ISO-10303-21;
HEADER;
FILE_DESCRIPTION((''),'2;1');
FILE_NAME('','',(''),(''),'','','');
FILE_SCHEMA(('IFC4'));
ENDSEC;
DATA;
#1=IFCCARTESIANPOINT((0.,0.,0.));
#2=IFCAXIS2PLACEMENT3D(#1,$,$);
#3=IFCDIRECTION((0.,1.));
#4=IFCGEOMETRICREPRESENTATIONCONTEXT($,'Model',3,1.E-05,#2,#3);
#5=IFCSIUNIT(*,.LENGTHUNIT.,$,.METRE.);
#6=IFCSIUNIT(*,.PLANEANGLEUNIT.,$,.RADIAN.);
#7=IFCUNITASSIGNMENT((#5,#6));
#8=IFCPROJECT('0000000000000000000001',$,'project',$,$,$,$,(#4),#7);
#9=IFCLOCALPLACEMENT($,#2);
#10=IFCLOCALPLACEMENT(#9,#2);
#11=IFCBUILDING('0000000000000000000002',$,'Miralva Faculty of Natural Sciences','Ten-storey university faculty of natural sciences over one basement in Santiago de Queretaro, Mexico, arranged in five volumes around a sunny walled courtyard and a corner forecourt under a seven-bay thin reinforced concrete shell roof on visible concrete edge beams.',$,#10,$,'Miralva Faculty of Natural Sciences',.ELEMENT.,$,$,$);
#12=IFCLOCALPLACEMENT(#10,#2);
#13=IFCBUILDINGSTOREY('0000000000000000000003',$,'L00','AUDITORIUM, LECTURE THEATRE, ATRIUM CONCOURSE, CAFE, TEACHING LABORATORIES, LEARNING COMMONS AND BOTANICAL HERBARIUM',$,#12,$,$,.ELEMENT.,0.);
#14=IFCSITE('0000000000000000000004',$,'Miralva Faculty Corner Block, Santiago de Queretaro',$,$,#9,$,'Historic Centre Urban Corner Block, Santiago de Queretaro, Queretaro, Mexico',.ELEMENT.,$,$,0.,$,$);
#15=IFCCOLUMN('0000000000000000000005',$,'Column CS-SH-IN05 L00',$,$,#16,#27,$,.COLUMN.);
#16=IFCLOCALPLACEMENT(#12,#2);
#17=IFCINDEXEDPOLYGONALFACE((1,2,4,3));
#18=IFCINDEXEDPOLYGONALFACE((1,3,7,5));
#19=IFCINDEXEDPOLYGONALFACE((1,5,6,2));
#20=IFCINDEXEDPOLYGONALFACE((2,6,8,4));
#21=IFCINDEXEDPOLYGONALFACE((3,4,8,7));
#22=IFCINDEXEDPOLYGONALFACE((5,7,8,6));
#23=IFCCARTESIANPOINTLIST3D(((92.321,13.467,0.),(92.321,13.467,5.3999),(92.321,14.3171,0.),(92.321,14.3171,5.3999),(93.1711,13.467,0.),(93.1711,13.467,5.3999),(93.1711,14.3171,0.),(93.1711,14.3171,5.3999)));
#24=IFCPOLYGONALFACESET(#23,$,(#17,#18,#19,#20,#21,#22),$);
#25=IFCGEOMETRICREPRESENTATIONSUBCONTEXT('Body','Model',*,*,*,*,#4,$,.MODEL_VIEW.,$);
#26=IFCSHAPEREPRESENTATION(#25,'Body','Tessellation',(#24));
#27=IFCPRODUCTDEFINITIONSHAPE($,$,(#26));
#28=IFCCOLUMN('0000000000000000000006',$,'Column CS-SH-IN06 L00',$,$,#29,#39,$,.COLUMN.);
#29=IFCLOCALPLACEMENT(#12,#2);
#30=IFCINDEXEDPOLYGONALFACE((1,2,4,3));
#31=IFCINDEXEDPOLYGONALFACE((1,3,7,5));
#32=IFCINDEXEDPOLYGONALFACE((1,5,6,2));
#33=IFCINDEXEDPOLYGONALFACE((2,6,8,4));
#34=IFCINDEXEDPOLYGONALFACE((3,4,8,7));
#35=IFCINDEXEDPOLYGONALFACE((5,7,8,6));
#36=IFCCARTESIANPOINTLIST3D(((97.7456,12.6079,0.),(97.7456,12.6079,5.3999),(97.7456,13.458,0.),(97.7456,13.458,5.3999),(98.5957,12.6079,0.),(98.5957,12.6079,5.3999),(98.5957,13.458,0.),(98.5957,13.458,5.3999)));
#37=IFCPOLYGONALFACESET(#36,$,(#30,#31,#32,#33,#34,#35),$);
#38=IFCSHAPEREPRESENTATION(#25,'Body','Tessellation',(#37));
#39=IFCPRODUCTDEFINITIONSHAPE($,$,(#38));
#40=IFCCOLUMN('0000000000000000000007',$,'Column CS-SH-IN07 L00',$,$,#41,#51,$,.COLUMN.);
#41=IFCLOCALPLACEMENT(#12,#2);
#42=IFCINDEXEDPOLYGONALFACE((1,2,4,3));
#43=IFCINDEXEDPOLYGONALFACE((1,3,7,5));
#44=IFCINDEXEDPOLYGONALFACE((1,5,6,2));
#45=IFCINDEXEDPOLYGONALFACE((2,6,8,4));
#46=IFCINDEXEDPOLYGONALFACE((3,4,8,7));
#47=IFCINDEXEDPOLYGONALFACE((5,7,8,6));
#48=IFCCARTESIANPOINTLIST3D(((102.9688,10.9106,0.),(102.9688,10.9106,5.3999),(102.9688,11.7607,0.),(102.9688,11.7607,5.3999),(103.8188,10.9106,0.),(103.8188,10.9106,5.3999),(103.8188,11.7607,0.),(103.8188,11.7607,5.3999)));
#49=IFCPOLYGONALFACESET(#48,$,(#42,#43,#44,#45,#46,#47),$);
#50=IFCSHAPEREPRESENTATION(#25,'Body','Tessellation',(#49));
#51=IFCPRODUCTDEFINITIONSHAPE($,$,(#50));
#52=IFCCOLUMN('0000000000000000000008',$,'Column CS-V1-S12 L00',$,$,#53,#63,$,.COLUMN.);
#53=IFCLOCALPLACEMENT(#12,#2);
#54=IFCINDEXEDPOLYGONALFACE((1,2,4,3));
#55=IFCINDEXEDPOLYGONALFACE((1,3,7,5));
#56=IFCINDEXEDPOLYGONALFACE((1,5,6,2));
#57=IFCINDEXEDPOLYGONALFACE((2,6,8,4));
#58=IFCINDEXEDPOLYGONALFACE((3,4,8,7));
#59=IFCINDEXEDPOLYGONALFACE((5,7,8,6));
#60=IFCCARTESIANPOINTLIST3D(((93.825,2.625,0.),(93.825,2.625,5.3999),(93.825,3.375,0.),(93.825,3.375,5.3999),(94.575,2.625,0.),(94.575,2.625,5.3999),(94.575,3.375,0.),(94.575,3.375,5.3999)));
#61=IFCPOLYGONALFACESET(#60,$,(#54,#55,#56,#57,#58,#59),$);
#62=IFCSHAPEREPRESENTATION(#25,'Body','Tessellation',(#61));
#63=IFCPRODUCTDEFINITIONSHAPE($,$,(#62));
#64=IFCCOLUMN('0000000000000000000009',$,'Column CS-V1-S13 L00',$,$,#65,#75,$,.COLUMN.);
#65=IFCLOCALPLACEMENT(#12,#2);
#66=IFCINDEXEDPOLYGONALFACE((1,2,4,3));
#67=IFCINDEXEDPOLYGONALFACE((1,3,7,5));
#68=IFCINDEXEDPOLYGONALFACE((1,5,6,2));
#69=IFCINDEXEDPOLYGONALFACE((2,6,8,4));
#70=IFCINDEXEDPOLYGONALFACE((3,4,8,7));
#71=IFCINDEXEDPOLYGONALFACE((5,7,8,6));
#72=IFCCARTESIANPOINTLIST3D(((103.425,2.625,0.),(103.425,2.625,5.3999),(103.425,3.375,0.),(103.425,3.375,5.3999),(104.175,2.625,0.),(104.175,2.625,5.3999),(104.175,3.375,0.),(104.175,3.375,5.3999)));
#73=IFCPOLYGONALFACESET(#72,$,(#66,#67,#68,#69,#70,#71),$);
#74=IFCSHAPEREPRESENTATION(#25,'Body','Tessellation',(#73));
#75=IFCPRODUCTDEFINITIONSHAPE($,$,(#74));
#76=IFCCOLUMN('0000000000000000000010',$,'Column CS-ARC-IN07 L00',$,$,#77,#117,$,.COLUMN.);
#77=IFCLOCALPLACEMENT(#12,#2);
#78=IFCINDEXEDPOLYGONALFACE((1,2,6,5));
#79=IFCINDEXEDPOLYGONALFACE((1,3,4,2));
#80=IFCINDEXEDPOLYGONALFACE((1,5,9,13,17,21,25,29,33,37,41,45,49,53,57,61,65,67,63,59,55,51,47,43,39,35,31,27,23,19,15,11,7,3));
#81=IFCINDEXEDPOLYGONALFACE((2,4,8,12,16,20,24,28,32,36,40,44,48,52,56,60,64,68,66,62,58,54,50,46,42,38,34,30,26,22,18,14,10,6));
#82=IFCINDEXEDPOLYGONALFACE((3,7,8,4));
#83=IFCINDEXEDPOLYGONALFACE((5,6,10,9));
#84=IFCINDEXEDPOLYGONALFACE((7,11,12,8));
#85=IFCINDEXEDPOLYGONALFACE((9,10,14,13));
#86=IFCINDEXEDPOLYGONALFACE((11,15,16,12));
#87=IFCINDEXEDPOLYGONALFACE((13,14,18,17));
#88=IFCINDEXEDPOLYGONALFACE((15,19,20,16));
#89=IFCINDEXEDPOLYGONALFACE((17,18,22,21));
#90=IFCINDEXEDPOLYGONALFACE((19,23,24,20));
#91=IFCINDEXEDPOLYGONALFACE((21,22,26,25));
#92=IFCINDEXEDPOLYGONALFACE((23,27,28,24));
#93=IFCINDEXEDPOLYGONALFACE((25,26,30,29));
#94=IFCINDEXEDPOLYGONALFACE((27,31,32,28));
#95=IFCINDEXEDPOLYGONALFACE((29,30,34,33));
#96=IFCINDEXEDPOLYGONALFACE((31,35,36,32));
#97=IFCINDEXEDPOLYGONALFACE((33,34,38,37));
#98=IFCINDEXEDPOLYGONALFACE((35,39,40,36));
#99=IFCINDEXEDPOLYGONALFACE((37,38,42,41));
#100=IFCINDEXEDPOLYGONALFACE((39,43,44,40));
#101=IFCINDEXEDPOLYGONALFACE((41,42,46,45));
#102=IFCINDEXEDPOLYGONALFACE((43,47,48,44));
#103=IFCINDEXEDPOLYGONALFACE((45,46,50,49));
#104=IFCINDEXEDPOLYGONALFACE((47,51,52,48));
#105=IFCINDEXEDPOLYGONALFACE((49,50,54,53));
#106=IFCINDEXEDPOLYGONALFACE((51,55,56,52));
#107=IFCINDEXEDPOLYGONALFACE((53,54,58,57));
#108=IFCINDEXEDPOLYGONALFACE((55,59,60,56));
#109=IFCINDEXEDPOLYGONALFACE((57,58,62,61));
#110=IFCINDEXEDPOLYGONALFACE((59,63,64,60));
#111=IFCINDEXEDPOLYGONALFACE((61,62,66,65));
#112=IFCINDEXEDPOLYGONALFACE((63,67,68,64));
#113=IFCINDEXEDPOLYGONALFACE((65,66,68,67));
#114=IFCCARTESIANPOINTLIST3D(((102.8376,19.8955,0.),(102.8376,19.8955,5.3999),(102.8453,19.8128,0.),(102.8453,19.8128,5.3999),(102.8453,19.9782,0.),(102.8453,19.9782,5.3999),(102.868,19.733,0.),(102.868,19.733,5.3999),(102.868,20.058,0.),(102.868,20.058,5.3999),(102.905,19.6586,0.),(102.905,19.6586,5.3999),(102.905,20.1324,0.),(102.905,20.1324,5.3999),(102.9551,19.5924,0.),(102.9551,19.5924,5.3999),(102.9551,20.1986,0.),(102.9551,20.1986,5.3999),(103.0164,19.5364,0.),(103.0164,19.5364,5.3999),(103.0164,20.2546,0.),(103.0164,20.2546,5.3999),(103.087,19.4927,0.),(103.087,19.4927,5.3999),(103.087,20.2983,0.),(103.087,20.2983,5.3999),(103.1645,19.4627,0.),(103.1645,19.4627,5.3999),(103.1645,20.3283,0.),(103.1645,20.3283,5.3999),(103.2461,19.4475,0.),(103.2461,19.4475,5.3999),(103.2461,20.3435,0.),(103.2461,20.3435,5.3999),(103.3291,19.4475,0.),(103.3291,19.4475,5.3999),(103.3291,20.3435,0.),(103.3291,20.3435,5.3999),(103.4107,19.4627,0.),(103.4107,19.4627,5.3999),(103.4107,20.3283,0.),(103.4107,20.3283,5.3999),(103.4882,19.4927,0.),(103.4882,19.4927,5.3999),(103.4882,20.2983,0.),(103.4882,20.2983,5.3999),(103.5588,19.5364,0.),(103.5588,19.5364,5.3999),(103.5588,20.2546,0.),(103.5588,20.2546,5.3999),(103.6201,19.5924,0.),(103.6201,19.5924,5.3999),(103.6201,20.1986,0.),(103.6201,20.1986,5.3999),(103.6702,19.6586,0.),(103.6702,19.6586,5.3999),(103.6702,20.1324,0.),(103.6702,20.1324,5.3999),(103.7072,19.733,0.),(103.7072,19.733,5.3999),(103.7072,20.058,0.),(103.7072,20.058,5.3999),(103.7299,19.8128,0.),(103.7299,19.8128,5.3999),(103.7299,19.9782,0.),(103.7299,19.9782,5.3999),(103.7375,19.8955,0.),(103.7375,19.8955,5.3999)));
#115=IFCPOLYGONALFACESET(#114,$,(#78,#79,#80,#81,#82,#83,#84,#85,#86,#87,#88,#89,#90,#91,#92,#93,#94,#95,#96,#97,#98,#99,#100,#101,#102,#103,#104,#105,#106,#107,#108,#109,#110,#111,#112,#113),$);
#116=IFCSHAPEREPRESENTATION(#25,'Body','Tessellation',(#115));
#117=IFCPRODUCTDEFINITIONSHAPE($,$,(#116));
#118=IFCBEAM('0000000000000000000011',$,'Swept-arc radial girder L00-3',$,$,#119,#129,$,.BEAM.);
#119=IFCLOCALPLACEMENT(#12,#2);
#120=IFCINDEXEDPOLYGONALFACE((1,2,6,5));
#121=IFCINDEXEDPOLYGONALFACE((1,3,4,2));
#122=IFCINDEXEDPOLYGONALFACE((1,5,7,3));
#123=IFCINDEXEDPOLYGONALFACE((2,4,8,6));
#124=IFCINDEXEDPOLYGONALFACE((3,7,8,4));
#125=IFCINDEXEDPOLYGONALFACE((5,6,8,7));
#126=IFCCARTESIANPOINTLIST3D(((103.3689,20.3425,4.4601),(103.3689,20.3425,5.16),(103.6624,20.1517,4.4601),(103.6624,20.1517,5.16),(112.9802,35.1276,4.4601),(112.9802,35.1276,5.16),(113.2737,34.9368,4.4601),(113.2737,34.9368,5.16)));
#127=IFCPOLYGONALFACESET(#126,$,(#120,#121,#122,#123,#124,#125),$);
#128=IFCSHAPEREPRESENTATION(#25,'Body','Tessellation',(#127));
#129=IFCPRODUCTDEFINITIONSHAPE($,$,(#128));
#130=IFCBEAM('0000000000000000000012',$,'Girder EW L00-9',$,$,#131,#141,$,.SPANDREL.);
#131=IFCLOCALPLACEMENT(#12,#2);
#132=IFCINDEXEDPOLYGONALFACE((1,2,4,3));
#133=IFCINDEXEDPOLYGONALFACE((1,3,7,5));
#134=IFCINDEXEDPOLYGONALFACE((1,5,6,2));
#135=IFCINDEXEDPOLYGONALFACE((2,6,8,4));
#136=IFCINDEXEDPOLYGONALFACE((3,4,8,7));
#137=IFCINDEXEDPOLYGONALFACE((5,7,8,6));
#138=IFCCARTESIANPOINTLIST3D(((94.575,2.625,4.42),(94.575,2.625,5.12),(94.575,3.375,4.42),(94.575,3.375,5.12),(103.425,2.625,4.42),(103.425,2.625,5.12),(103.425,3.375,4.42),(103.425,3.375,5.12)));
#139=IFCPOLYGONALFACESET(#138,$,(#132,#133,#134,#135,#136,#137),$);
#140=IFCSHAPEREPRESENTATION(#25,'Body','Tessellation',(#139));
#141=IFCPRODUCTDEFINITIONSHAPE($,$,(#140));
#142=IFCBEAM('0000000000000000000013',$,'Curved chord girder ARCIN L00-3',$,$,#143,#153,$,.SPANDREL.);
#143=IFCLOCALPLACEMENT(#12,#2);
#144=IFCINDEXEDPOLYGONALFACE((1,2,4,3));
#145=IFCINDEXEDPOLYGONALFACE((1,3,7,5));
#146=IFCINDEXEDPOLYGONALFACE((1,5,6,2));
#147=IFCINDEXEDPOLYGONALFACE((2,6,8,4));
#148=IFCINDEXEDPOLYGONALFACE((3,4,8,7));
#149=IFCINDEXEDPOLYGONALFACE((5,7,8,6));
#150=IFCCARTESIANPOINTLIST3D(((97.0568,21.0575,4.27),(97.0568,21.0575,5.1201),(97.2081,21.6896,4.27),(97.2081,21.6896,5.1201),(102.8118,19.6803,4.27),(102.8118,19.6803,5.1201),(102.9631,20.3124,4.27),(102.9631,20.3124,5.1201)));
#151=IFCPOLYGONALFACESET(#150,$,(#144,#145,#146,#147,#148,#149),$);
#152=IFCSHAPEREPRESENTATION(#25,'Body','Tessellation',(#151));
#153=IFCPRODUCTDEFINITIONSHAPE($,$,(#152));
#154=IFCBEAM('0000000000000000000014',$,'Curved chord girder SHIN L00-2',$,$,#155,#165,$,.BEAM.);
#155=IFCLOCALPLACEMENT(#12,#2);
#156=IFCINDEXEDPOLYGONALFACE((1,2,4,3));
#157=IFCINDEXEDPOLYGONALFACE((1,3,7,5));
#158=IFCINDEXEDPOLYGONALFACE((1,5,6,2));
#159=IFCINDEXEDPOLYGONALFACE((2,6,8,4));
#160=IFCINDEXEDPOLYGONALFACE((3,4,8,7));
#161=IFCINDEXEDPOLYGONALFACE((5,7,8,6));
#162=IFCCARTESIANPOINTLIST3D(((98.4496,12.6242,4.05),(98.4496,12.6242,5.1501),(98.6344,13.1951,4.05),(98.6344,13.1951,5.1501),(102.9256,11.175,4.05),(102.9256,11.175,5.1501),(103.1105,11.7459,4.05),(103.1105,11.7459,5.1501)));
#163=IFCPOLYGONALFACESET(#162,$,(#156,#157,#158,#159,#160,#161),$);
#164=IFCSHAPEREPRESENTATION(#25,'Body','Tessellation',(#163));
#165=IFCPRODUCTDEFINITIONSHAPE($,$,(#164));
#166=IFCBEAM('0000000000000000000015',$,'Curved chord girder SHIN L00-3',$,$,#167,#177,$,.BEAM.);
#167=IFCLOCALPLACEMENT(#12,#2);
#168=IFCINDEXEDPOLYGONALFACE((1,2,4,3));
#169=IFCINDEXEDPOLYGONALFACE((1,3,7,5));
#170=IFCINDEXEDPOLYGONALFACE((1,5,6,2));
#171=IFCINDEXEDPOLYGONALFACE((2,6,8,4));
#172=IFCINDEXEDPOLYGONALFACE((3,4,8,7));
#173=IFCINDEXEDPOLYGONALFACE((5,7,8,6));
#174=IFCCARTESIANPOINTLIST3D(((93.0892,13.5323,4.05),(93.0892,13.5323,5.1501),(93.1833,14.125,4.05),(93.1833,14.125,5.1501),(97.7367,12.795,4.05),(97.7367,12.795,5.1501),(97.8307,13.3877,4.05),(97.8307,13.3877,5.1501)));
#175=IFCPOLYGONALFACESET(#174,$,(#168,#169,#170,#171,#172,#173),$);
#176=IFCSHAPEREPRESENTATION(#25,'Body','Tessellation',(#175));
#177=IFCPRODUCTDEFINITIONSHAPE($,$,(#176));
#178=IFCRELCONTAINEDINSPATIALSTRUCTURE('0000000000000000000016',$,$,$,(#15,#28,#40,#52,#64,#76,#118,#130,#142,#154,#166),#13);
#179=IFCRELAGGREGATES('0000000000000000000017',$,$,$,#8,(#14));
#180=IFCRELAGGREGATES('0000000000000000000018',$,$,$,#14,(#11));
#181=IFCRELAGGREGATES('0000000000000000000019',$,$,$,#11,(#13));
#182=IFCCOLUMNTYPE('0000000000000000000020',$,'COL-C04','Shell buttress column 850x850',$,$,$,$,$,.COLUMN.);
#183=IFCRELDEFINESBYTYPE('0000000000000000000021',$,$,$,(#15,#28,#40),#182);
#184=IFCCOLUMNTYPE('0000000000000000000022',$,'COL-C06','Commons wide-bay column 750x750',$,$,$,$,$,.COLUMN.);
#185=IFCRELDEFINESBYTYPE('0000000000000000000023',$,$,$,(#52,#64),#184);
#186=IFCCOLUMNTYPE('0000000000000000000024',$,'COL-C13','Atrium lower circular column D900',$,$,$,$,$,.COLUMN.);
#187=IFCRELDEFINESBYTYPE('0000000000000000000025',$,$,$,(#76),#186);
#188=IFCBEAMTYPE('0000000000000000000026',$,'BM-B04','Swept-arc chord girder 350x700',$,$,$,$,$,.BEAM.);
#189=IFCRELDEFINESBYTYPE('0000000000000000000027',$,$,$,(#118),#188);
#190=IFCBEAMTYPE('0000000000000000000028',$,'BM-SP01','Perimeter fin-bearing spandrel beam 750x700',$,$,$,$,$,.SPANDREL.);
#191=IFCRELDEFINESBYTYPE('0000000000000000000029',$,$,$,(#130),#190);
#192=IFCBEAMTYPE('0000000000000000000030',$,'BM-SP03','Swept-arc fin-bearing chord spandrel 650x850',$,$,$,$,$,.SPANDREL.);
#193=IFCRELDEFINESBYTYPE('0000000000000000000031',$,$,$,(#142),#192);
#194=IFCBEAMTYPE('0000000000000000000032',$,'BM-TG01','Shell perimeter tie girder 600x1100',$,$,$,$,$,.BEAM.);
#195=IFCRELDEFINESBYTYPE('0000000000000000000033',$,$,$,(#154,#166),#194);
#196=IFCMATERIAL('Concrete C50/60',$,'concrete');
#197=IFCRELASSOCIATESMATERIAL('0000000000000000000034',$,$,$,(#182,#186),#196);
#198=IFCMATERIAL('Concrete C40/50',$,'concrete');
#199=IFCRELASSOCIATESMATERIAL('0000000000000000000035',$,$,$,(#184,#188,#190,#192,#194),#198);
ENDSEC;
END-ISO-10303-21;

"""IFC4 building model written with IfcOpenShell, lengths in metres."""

from ifc_helpers import new_model, si_unit, direction, frame, origin, origin_2d, place, context, subcontext, project, spatial, rectangle, circle, extrude, material, material_profile, profile_set, type_object, element, save


model = new_model("IFC4")

# Units and contexts
model_context = context("Model", 3, precision=1e-05, world=origin(), true_north=direction((0.0, 1.0)))
body_context = subcontext(model_context, "Body", "Model", "MODEL_VIEW")
ifc_project = project(units=[si_unit("LENGTHUNIT", "METRE"), si_unit("PLANEANGLEUNIT", "RADIAN")], contexts=[model_context])

# Site, building, storey
site_placement = place(None, origin())
site = spatial("IfcSite", under=ifc_project, at=site_placement, Name="Miralva Faculty Corner Block, Santiago de Queretaro", LongName="Historic Centre Urban Corner Block, Santiago de Queretaro, Queretaro, Mexico", CompositionType="ELEMENT", RefElevation=0.0)
building_placement = place(site_placement, origin())
building = spatial("IfcBuilding", under=site, at=building_placement, Name="Miralva Faculty of Natural Sciences", Description="Ten-storey university faculty of natural sciences over one basement in Santiago de Queretaro, Mexico, arranged in five volumes around a sunny walled courtyard and a corner forecourt under a seven-bay thin reinforced concrete shell roof on visible concrete edge beams.", LongName="Miralva Faculty of Natural Sciences", CompositionType="ELEMENT")
storey_placement = place(building_placement, origin())
storey = spatial("IfcBuildingStorey", under=building, at=storey_placement, Name="L00", Description="AUDITORIUM, LECTURE THEATRE, ATRIUM CONCOURSE, CAFE, TEACHING LABORATORIES, LEARNING COMMONS AND BOTANICAL HERBARIUM", CompositionType="ELEMENT", Elevation=0.0)

# Columns
ifc_material_1 = material(Name="Concrete C50/60", Category="concrete")
ifc_material_profile_1 = material_profile(ifc_material_1, rectangle(XDim=0.8501, YDim=0.8501, at=origin_2d()), Name="RC 850x850")
ifc_profile_set_1 = profile_set([ifc_material_profile_1], Name="Concrete C50/60")
column_type_1 = type_object("IfcColumnType", Name="COL-C04", Description="Shell buttress column 850x850", PredefinedType="COLUMN", material=ifc_profile_set_1)
for number, where, z_axis, x_axis, name in (
    (1, (92.7461, 13.8921, 0.0), (0.0, 0.0, 1.0), (1.0, 0.0, 0.0), "Column CS-SH-IN05 L00"),
    (2, (98.1707, 13.033, 0.0), (0.0, 0.0, 1.0), (1.0, 0.0, 0.0), "Column CS-SH-IN06 L00"),
    (3, (103.3938, 11.3357, 0.0), (0.0, 0.0, 1.0), (1.0, 0.0, 0.0), "Column CS-SH-IN07 L00"),
):
    element("IfcColumn", number, at=place(storey_placement, frame(where, z_axis=z_axis, x_axis=x_axis)), inside=storey, type_object=column_type_1, Name=name, PredefinedType="COLUMN", context=body_context, shape_type="SweptSolid", body=[
        extrude(rectangle(XDim=0.8501, YDim=0.8501, at=origin_2d()), origin(), (0.0, 0.0, 1.0), 5.3999),
    ])
ifc_material_2 = material(Name="Concrete C40/50", Category="concrete")
ifc_material_profile_2 = material_profile(ifc_material_2, rectangle(XDim=0.75, YDim=0.75, at=origin_2d()), Name="RC 750x750")
ifc_profile_set_2 = profile_set([ifc_material_profile_2], Name="Concrete C40/50")
column_type_2 = type_object("IfcColumnType", Name="COL-C06", Description="Commons wide-bay column 750x750", PredefinedType="COLUMN", material=ifc_profile_set_2)
for number, where, z_axis, x_axis, name in (
    (4, (94.2, 3.0, 0.0), (0.0, 0.0, 1.0), (1.0, 0.0, 0.0), "Column CS-V1-S12 L00"),
    (5, (103.8, 3.0, 0.0), (0.0, 0.0, 1.0), (1.0, 0.0, 0.0), "Column CS-V1-S13 L00"),
):
    element("IfcColumn", number, at=place(storey_placement, frame(where, z_axis=z_axis, x_axis=x_axis)), inside=storey, type_object=column_type_2, Name=name, PredefinedType="COLUMN", context=body_context, shape_type="SweptSolid", body=[
        extrude(rectangle(XDim=0.75, YDim=0.75, at=origin_2d()), origin(), (0.0, 0.0, 1.0), 5.3999),
    ])
ifc_material_profile_3 = material_profile(ifc_material_1, circle(Radius=0.45, at=origin_2d()), Name="RC DIA 900")
ifc_profile_set_3 = profile_set([ifc_material_profile_3], Name="Concrete C50/60")
column_type_3 = type_object("IfcColumnType", Name="COL-C13", Description="Atrium lower circular column D900", PredefinedType="COLUMN", material=ifc_profile_set_3)
column_placement = place(storey_placement, frame((103.2876, 19.8955, 0.0), z_axis=(0.0, 0.0, 1.0), x_axis=(1.0, 0.0, 0.0)))
element("IfcColumn", 6, at=column_placement, inside=storey, type_object=column_type_3, Name="Column CS-ARC-IN07 L00", PredefinedType="COLUMN", context=body_context, shape_type="SweptSolid", body=[
    extrude(circle(Radius=0.45, at=origin_2d()), origin(), (0.0, 0.0, 1.0), 5.3999),
])

# Beams
ifc_material_profile_4 = material_profile(ifc_material_2, rectangle(XDim=0.3501, YDim=0.7, at=origin_2d()), Name="RC 350x700")
ifc_profile_set_4 = profile_set([ifc_material_profile_4], Name="Concrete C40/50")
beam_type_1 = type_object("IfcBeamType", Name="BM-B04", Description="Swept-arc chord girder 350x700", PredefinedType="BEAM", material=ifc_profile_set_4)
beam_1_placement = place(storey_placement, frame((103.5156, 20.2471, 4.8101), z_axis=(0.545027, 0.838418, 0.0), x_axis=(-0.838418, 0.545027, 0.0)))
element("IfcBeam", 7, at=beam_1_placement, inside=storey, type_object=beam_type_1, Name="Swept-arc radial girder L00-3", PredefinedType="BEAM", context=body_context, shape_type="SweptSolid", body=[
    extrude(rectangle(XDim=0.3501, YDim=0.7, at=origin_2d()), origin(), (0.0, 0.0, 1.0), 17.6345),
])
ifc_material_profile_5 = material_profile(ifc_material_2, rectangle(XDim=0.75, YDim=0.7, at=origin_2d()), Name="RC 750x700")
ifc_profile_set_5 = profile_set([ifc_material_profile_5], Name="Concrete C40/50")
beam_type_2 = type_object("IfcBeamType", Name="BM-SP01", Description="Perimeter fin-bearing spandrel beam 750x700", PredefinedType="SPANDREL", material=ifc_profile_set_5)
beam_2_placement = place(storey_placement, frame((94.575, 3.0, 4.77), z_axis=(1.0, 0.0, 0.0), x_axis=(0.0, 1.0, 0.0)))
element("IfcBeam", 8, at=beam_2_placement, inside=storey, type_object=beam_type_2, Name="Girder EW L00-9", PredefinedType="SPANDREL", context=body_context, shape_type="SweptSolid", body=[
    extrude(rectangle(XDim=0.75, YDim=0.7, at=origin_2d()), origin(), (0.0, 0.0, 1.0), 8.8501),
])
ifc_material_profile_6 = material_profile(ifc_material_2, rectangle(XDim=0.6499, YDim=0.8501, at=origin_2d()), Name="RC 650x850")
ifc_profile_set_6 = profile_set([ifc_material_profile_6], Name="Concrete C40/50")
beam_type_3 = type_object("IfcBeamType", Name="BM-SP03", Description="Swept-arc fin-bearing chord spandrel 650x850", PredefinedType="SPANDREL", material=ifc_profile_set_6)
beam_3_placement = place(storey_placement, frame((102.8875, 19.9963, 4.6951), z_axis=(-0.97254, 0.232738, 0.0), x_axis=(-0.232738, -0.97254, 0.0)))
element("IfcBeam", 9, at=beam_3_placement, inside=storey, type_object=beam_type_3, Name="Curved chord girder ARCIN L00-3", PredefinedType="SPANDREL", context=body_context, shape_type="SweptSolid", body=[
    extrude(rectangle(XDim=0.6499, YDim=0.8501, at=origin_2d()), origin(), (0.0, 0.0, 1.0), 5.9175),
])
ifc_material_profile_7 = material_profile(ifc_material_2, rectangle(XDim=0.6001, YDim=1.1001, at=origin_2d()), Name="RC 600x1100")
ifc_profile_set_7 = profile_set([ifc_material_profile_7], Name="Concrete C40/50")
beam_type_4 = type_object("IfcBeamType", Name="BM-TG01", Description="Shell perimeter tie girder 600x1100", PredefinedType="BEAM", material=ifc_profile_set_7)
beam_4_placement = place(storey_placement, frame((103.0181, 11.4604, 4.6001), z_axis=(-0.951377, 0.308028, 0.0), x_axis=(-0.308028, -0.951377, 0.0)))
element("IfcBeam", 10, at=beam_4_placement, inside=storey, type_object=beam_type_4, Name="Curved chord girder SHIN L00-2", PredefinedType="BEAM", context=body_context, shape_type="SweptSolid", body=[
    extrude(rectangle(XDim=0.6001, YDim=1.1001, at=origin_2d()), origin(), (0.0, 0.0, 1.0), 4.7048),
])
beam_5_placement = place(storey_placement, frame((97.7837, 13.0913, 4.6001), z_axis=(-0.987648, 0.156687, 0.0), x_axis=(-0.156687, -0.987648, 0.0)))
element("IfcBeam", 11, at=beam_5_placement, inside=storey, type_object=beam_type_4, Name="Curved chord girder SHIN L00-3", PredefinedType="BEAM", context=body_context, shape_type="SweptSolid", body=[
    extrude(rectangle(XDim=0.6001, YDim=1.1001, at=origin_2d()), origin(), (0.0, 0.0, 1.0), 4.7056),
])

save(model, "model.ifc")
